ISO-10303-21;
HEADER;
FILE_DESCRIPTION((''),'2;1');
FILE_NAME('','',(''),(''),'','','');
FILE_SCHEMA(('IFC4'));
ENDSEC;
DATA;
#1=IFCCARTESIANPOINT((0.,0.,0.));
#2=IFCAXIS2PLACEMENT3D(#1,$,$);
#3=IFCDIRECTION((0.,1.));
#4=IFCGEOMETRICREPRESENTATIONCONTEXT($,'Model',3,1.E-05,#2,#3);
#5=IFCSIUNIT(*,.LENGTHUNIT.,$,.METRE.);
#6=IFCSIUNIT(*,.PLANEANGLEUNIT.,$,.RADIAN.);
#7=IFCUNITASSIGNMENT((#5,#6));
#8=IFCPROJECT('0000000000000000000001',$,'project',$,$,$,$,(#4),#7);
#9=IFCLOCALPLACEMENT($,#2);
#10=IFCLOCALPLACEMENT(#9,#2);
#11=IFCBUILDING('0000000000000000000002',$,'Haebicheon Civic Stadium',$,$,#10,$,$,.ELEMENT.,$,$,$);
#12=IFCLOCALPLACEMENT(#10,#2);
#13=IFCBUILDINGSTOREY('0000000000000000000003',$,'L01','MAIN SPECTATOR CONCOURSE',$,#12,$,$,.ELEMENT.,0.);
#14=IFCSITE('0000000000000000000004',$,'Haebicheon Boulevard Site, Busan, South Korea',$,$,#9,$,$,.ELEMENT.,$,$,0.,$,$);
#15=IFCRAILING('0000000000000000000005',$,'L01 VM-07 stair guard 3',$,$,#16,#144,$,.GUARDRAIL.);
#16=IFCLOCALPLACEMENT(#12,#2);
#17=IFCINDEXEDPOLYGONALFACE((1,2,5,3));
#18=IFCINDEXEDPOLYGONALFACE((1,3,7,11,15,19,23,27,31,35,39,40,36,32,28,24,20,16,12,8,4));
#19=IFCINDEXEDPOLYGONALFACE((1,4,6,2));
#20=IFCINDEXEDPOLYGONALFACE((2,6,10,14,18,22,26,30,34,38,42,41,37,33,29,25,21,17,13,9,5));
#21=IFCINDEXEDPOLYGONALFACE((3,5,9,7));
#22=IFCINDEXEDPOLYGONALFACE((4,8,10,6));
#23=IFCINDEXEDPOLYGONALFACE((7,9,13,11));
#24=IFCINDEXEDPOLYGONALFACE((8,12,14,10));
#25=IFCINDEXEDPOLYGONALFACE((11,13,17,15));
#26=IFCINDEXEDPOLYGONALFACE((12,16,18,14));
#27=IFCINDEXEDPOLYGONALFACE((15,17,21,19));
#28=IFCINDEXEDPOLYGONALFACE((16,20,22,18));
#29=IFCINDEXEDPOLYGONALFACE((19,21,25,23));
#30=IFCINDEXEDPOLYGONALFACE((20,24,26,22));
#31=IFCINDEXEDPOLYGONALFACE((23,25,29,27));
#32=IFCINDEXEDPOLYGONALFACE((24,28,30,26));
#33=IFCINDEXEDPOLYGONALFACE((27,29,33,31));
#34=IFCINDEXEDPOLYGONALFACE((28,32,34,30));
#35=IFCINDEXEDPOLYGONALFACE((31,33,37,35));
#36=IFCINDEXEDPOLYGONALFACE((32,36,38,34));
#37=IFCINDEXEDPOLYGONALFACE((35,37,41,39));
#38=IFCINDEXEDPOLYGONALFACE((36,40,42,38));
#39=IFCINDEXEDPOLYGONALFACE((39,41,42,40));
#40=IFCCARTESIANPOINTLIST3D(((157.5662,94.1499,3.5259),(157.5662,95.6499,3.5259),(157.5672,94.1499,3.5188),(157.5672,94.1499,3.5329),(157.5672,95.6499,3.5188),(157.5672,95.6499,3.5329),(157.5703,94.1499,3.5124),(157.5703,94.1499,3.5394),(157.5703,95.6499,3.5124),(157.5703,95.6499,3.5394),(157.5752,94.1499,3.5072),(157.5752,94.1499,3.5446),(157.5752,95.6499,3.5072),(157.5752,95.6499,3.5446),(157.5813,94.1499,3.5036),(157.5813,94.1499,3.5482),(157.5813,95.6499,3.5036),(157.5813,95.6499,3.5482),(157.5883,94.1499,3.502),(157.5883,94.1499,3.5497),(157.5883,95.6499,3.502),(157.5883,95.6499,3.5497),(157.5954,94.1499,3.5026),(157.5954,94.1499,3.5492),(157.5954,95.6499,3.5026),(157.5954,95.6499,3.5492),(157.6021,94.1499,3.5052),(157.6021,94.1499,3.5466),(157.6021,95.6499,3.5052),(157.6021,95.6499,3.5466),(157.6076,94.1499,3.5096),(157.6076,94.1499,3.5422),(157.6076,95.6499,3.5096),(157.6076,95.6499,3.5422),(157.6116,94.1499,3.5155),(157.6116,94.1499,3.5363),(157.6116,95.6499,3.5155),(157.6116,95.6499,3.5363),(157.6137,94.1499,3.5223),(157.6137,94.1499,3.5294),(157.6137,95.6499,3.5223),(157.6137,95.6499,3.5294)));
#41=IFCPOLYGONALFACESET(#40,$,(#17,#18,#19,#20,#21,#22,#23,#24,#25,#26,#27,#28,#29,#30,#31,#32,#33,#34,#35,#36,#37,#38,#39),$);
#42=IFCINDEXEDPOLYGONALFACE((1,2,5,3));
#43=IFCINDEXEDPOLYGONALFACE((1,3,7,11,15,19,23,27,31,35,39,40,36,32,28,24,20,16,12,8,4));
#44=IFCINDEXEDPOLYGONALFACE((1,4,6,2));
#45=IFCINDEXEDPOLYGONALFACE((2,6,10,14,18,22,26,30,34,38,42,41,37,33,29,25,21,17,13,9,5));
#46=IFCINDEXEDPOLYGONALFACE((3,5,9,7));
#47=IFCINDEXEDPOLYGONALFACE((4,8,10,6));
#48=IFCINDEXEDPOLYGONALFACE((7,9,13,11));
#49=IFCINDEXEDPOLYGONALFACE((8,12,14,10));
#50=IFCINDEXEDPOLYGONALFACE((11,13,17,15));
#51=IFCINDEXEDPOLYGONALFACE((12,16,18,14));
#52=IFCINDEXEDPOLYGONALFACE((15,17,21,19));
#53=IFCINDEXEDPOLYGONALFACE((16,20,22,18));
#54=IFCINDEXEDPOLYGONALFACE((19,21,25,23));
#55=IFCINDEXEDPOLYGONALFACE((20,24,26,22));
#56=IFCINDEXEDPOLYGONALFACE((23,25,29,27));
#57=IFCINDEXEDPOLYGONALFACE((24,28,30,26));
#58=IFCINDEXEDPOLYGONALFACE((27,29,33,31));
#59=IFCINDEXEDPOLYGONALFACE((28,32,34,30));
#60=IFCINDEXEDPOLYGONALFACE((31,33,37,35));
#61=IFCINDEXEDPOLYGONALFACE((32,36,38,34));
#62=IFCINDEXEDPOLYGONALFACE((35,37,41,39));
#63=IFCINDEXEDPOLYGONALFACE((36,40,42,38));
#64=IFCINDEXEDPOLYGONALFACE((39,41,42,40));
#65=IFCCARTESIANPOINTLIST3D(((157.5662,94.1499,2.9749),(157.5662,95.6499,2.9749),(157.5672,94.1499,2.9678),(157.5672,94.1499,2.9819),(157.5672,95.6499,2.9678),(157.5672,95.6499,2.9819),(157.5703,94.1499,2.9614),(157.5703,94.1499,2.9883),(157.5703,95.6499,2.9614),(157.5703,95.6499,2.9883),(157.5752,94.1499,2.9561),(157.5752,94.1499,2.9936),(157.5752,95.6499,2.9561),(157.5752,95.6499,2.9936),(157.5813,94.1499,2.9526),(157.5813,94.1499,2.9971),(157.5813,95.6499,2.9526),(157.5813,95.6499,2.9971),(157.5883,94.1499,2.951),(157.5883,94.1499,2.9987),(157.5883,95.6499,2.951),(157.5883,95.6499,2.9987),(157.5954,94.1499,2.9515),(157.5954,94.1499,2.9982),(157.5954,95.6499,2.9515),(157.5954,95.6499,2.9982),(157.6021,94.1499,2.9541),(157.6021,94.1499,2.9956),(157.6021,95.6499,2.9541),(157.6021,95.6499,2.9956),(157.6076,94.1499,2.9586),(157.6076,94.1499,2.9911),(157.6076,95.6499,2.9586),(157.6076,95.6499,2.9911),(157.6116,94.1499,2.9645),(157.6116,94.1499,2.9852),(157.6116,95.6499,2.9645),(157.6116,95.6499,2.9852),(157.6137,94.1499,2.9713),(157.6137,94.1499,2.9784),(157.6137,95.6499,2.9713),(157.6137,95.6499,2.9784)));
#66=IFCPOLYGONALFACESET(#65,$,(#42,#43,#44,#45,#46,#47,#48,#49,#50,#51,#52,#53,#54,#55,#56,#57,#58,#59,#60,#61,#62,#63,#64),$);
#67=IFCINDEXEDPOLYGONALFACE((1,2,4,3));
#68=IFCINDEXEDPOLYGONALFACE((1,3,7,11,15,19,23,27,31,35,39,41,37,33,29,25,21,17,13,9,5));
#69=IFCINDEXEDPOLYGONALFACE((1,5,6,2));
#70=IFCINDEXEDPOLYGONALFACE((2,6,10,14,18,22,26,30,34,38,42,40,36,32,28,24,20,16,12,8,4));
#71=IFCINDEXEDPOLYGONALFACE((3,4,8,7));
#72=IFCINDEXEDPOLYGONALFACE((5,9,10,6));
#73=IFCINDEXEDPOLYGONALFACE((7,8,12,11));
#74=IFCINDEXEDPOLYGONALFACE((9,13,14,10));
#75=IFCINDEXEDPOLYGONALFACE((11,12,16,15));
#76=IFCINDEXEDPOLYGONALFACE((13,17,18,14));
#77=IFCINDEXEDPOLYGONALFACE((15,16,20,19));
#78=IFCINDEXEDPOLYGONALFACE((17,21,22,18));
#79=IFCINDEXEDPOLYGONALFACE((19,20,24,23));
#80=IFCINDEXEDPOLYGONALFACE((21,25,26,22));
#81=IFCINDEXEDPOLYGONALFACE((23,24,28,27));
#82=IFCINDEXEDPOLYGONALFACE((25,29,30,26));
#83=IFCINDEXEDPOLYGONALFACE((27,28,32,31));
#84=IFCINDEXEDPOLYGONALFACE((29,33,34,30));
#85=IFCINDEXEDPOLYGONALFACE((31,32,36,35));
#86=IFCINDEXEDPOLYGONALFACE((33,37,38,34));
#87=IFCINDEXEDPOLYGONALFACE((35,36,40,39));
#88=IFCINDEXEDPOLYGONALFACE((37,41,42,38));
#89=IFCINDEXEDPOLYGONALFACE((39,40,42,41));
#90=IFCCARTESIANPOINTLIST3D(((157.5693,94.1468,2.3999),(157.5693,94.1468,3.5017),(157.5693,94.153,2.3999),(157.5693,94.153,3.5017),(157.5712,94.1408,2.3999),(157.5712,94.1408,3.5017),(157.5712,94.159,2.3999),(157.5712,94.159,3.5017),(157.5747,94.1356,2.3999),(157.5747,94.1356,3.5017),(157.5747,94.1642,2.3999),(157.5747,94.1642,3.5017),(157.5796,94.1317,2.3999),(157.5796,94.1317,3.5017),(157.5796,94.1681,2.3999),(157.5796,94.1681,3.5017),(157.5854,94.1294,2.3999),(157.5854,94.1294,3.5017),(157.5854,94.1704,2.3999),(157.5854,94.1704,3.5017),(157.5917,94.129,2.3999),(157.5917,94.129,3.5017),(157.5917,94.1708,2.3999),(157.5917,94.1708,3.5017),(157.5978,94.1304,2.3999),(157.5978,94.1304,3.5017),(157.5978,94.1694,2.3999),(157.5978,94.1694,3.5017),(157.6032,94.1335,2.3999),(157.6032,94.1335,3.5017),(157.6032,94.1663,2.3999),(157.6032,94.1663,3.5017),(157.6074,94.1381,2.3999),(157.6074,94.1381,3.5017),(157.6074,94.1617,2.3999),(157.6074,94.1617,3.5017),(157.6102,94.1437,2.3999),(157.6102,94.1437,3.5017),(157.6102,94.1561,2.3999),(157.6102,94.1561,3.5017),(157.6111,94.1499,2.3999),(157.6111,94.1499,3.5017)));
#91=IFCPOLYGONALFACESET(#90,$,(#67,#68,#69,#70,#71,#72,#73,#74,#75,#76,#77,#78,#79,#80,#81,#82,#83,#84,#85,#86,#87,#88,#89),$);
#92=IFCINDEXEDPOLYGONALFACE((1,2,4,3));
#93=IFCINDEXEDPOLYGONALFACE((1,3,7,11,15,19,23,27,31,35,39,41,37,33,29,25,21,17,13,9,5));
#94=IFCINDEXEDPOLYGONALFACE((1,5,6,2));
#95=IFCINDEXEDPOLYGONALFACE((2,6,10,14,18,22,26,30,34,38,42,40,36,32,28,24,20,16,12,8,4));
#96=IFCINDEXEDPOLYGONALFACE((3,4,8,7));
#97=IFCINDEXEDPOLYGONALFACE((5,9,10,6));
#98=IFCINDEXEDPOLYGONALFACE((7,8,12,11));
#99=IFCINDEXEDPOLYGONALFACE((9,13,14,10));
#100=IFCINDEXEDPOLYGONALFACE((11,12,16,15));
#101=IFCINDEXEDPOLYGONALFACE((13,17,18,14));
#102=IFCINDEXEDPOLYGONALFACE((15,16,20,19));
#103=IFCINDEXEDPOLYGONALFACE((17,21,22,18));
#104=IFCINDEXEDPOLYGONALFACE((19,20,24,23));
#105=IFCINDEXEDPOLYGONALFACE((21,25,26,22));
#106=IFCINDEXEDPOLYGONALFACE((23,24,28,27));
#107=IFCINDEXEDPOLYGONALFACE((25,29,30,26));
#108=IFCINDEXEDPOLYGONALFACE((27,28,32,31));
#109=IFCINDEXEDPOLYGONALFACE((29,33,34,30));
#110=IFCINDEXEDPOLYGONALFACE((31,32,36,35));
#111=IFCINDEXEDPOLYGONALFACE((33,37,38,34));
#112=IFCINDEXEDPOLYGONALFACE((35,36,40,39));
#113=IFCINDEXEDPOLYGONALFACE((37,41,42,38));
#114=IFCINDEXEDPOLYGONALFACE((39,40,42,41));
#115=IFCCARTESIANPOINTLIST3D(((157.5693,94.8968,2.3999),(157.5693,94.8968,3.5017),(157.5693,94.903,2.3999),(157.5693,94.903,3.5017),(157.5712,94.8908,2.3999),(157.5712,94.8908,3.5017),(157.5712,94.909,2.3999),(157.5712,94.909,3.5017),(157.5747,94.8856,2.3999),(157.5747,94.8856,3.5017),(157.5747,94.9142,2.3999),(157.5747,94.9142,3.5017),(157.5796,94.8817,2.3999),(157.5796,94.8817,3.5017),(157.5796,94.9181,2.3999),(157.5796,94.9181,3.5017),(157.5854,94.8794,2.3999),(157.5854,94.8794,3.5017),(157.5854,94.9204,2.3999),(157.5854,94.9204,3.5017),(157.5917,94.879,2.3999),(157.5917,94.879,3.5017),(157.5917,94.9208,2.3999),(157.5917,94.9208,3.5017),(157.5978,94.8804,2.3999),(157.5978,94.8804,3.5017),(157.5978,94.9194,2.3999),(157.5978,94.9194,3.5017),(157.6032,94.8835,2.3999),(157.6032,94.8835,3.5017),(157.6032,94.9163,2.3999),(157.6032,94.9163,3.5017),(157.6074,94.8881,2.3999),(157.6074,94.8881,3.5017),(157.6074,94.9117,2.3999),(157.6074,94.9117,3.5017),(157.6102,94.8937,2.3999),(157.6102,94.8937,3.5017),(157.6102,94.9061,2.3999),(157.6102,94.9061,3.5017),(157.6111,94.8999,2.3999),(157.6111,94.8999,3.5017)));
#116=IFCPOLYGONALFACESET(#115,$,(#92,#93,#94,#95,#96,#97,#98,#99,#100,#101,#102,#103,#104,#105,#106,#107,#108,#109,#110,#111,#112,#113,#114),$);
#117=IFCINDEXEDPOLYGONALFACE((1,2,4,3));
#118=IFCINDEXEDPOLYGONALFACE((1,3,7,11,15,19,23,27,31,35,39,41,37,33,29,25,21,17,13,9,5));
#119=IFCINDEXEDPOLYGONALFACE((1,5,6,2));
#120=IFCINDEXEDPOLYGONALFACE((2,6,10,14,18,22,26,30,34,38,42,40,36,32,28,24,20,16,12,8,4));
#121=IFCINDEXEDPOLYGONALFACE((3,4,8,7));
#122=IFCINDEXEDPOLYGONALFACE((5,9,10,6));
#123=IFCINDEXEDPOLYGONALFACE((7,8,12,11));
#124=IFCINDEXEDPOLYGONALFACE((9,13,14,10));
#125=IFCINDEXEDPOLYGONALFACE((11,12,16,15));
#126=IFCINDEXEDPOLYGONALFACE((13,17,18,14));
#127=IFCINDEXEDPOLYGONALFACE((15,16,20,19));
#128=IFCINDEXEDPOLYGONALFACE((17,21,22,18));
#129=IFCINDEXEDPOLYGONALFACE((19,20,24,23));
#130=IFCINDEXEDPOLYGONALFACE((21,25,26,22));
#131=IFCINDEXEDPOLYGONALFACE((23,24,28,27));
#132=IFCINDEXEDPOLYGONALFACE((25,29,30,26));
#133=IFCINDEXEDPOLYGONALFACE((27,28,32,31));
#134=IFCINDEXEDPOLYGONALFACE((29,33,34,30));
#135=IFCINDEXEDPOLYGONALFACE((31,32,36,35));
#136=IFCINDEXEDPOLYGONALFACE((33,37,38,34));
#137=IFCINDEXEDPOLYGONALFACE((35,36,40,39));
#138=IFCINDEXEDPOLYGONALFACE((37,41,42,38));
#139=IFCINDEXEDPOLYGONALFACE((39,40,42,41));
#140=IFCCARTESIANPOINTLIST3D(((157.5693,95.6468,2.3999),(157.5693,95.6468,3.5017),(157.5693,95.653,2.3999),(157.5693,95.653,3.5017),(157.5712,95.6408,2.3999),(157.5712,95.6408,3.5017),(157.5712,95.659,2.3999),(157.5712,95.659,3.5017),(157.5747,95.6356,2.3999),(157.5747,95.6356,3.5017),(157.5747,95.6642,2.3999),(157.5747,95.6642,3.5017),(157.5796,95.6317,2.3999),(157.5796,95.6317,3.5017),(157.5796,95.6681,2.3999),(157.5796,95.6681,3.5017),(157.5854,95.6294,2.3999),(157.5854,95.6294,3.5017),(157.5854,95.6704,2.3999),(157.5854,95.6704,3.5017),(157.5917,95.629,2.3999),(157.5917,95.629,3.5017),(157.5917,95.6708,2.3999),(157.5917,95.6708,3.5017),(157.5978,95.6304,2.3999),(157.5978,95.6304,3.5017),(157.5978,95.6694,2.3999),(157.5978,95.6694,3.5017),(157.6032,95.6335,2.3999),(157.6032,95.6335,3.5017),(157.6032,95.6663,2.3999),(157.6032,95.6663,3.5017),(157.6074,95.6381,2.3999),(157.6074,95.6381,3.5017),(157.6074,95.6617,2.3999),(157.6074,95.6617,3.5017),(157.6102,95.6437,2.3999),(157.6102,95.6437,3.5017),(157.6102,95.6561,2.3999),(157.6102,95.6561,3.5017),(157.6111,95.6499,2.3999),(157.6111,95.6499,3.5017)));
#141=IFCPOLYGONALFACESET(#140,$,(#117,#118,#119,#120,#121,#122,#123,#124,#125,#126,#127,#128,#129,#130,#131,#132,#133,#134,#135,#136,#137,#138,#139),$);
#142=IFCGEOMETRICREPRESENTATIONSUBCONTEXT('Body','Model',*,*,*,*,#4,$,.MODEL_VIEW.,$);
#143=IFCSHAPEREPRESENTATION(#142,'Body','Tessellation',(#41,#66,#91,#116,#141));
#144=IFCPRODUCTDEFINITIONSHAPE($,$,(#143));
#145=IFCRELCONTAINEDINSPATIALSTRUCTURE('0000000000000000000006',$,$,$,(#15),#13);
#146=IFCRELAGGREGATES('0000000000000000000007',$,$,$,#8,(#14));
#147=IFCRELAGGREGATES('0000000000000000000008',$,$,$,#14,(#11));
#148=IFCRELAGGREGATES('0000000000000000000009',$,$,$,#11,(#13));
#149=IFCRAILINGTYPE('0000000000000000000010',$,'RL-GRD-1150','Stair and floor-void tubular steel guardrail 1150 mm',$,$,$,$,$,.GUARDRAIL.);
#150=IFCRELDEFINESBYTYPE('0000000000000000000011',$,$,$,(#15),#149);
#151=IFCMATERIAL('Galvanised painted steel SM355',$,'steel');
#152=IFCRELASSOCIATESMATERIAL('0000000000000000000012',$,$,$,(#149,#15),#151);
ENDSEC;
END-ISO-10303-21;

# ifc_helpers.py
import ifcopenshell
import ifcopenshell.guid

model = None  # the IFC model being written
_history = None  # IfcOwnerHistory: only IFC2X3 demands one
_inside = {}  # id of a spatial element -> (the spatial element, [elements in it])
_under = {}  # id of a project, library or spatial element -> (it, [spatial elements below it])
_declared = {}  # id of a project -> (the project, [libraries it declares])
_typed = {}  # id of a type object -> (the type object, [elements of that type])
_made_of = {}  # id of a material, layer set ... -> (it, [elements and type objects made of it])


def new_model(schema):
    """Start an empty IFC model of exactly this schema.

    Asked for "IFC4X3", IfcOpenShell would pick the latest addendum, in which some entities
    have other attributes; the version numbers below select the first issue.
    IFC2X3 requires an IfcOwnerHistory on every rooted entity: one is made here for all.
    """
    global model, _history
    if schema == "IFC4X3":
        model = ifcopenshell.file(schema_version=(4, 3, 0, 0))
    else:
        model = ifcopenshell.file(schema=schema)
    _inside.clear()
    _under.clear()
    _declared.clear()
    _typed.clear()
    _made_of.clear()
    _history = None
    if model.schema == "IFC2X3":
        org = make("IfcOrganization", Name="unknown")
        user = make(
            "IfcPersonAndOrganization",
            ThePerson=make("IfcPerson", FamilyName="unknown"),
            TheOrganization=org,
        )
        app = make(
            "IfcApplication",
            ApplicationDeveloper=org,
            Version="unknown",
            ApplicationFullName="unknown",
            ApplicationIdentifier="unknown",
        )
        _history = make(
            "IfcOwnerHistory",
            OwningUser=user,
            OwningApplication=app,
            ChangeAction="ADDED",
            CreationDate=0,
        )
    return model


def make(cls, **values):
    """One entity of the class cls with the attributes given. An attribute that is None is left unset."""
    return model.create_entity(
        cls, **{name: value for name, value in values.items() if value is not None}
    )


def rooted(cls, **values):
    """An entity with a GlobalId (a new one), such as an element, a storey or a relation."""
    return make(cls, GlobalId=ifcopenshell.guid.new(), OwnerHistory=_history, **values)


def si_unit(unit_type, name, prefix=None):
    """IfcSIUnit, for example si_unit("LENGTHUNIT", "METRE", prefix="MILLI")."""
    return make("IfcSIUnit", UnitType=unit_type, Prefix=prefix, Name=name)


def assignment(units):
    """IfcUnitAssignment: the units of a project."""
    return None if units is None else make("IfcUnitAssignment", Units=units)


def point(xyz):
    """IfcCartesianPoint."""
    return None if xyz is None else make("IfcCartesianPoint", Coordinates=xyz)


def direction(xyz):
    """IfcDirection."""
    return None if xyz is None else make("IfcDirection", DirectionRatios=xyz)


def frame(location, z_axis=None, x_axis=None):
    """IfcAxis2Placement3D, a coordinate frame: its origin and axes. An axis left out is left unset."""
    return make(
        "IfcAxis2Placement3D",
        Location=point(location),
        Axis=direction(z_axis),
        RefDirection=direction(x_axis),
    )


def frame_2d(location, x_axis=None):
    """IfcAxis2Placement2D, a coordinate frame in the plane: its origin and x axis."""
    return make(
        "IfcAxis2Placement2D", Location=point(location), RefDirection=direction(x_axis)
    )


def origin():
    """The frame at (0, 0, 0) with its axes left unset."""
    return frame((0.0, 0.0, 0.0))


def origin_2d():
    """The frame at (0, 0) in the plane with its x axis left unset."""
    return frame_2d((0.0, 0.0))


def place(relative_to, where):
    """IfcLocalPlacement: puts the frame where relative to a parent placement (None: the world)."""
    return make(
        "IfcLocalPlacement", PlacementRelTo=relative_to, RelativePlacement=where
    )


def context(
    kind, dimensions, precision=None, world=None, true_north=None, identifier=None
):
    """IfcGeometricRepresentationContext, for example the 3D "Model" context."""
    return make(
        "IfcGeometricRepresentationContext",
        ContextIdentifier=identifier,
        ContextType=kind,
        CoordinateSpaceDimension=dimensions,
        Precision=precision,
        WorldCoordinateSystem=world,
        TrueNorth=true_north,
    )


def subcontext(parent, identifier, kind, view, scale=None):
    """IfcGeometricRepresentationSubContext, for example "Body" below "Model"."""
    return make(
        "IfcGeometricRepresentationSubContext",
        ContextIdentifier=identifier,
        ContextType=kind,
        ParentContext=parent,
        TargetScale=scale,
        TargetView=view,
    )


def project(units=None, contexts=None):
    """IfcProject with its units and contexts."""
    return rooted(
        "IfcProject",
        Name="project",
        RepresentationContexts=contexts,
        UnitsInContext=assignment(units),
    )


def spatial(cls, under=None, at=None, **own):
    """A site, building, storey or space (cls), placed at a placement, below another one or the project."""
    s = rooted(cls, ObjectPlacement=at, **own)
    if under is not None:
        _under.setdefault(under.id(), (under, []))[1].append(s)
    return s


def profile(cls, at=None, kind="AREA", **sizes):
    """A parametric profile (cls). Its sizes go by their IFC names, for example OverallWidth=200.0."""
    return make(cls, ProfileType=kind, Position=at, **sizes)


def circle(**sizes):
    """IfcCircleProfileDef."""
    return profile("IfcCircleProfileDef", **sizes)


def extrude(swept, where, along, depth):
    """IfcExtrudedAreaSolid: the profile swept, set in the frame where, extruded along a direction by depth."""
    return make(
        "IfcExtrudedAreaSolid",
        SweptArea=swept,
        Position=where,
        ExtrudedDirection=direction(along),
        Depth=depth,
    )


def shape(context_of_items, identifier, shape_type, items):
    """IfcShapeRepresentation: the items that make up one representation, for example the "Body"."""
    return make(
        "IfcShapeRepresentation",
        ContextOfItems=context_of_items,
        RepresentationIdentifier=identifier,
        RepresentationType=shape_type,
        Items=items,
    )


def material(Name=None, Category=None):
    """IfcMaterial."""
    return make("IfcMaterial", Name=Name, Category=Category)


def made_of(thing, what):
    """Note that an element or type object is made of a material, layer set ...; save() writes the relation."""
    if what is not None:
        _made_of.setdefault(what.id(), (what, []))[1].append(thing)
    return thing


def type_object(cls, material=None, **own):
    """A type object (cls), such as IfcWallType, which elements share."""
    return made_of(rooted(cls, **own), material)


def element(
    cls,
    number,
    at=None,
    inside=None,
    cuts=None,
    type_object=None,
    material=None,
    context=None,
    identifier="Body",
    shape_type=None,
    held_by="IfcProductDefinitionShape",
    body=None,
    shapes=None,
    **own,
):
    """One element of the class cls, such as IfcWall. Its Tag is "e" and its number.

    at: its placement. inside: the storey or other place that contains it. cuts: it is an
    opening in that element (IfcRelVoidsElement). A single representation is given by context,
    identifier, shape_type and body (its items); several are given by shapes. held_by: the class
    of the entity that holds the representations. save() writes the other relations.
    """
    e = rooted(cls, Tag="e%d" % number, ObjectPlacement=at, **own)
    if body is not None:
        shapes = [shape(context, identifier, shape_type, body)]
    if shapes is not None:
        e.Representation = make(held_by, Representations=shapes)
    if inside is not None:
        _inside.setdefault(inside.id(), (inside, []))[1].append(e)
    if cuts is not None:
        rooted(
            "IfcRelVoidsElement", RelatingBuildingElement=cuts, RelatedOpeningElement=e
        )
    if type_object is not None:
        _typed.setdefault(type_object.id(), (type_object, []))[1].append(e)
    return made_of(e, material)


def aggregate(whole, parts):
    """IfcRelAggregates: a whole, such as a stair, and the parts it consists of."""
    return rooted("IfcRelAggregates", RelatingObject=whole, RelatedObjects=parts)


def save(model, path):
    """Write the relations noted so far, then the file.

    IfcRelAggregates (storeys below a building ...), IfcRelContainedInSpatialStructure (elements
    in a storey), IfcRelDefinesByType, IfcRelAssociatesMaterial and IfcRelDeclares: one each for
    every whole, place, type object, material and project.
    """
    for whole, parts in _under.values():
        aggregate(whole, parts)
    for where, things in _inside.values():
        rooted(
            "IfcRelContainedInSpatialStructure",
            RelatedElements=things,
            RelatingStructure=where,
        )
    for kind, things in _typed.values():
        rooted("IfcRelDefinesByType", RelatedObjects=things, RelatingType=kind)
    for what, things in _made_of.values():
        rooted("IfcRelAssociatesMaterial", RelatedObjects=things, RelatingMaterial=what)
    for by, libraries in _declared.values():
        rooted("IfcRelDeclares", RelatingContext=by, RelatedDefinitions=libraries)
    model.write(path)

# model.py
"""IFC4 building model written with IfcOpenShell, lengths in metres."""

from ifc_helpers import new_model, si_unit, direction, frame, origin, origin_2d, place, context, subcontext, project, spatial, circle, extrude, material, type_object, element, save


model = new_model("IFC4")

# Units and contexts
model_context = context("Model", 3, precision=1e-05, world=origin(), true_north=direction((0.0, 1.0)))
body_context = subcontext(model_context, "Body", "Model", "MODEL_VIEW")
ifc_project = project(units=[si_unit("LENGTHUNIT", "METRE"), si_unit("PLANEANGLEUNIT", "RADIAN")], contexts=[model_context])

# Site, building, storey
site_placement = place(None, origin())
site = spatial("IfcSite", under=ifc_project, at=site_placement, Name="Haebicheon Boulevard Site, Busan, South Korea", CompositionType="ELEMENT", RefElevation=0.0)
building_placement = place(site_placement, origin())
building = spatial("IfcBuilding", under=site, at=building_placement, Name="Haebicheon Civic Stadium", CompositionType="ELEMENT")
storey_placement = place(building_placement, origin())
storey = spatial("IfcBuildingStorey", under=building, at=storey_placement, Name="L01", Description="MAIN SPECTATOR CONCOURSE", CompositionType="ELEMENT", Elevation=0.0)

# Railing
ifc_material_1 = material(Name="Galvanised painted steel SM355", Category="steel")
railing_type_1 = type_object("IfcRailingType", Name="RL-GRD-1150", Description="Stair and floor-void tubular steel guardrail 1150 mm", PredefinedType="GUARDRAIL", material=ifc_material_1)
railing_1_placement = place(storey_placement, frame((157.5901, 94.1499, 2.3999)))
element("IfcRailing", 1, at=railing_1_placement, inside=storey, type_object=railing_type_1, material=ifc_material_1, Name="L01 VM-07 stair guard 3", PredefinedType="GUARDRAIL", context=body_context, shape_type="SweptSolid", body=[
    extrude(circle(Radius=0.0239, at=origin_2d()), frame((0.0, 0.0, 1.126), z_axis=(0.0, 1.0, 0.0), x_axis=(-1.0, 0.0, 0.0)), (0.0, 0.0, 1.0), 1.5),
    extrude(circle(Radius=0.0239, at=origin_2d()), frame((0.0, 0.0, 0.575), z_axis=(0.0, 1.0, 0.0), x_axis=(-1.0, 0.0, 0.0)), (0.0, 0.0, 1.0), 1.5),
    extrude(circle(Radius=0.021, at=origin_2d()), origin(), (0.0, 0.0, 1.0), 1.1018),
    extrude(circle(Radius=0.021, at=origin_2d()), frame((0.0, 0.75, 0.0)), (0.0, 0.0, 1.0), 1.1018),
    extrude(circle(Radius=0.021, at=origin_2d()), frame((0.0, 1.5, 0.0)), (0.0, 0.0, 1.0), 1.1018),
])

save(model, "model.ifc")
